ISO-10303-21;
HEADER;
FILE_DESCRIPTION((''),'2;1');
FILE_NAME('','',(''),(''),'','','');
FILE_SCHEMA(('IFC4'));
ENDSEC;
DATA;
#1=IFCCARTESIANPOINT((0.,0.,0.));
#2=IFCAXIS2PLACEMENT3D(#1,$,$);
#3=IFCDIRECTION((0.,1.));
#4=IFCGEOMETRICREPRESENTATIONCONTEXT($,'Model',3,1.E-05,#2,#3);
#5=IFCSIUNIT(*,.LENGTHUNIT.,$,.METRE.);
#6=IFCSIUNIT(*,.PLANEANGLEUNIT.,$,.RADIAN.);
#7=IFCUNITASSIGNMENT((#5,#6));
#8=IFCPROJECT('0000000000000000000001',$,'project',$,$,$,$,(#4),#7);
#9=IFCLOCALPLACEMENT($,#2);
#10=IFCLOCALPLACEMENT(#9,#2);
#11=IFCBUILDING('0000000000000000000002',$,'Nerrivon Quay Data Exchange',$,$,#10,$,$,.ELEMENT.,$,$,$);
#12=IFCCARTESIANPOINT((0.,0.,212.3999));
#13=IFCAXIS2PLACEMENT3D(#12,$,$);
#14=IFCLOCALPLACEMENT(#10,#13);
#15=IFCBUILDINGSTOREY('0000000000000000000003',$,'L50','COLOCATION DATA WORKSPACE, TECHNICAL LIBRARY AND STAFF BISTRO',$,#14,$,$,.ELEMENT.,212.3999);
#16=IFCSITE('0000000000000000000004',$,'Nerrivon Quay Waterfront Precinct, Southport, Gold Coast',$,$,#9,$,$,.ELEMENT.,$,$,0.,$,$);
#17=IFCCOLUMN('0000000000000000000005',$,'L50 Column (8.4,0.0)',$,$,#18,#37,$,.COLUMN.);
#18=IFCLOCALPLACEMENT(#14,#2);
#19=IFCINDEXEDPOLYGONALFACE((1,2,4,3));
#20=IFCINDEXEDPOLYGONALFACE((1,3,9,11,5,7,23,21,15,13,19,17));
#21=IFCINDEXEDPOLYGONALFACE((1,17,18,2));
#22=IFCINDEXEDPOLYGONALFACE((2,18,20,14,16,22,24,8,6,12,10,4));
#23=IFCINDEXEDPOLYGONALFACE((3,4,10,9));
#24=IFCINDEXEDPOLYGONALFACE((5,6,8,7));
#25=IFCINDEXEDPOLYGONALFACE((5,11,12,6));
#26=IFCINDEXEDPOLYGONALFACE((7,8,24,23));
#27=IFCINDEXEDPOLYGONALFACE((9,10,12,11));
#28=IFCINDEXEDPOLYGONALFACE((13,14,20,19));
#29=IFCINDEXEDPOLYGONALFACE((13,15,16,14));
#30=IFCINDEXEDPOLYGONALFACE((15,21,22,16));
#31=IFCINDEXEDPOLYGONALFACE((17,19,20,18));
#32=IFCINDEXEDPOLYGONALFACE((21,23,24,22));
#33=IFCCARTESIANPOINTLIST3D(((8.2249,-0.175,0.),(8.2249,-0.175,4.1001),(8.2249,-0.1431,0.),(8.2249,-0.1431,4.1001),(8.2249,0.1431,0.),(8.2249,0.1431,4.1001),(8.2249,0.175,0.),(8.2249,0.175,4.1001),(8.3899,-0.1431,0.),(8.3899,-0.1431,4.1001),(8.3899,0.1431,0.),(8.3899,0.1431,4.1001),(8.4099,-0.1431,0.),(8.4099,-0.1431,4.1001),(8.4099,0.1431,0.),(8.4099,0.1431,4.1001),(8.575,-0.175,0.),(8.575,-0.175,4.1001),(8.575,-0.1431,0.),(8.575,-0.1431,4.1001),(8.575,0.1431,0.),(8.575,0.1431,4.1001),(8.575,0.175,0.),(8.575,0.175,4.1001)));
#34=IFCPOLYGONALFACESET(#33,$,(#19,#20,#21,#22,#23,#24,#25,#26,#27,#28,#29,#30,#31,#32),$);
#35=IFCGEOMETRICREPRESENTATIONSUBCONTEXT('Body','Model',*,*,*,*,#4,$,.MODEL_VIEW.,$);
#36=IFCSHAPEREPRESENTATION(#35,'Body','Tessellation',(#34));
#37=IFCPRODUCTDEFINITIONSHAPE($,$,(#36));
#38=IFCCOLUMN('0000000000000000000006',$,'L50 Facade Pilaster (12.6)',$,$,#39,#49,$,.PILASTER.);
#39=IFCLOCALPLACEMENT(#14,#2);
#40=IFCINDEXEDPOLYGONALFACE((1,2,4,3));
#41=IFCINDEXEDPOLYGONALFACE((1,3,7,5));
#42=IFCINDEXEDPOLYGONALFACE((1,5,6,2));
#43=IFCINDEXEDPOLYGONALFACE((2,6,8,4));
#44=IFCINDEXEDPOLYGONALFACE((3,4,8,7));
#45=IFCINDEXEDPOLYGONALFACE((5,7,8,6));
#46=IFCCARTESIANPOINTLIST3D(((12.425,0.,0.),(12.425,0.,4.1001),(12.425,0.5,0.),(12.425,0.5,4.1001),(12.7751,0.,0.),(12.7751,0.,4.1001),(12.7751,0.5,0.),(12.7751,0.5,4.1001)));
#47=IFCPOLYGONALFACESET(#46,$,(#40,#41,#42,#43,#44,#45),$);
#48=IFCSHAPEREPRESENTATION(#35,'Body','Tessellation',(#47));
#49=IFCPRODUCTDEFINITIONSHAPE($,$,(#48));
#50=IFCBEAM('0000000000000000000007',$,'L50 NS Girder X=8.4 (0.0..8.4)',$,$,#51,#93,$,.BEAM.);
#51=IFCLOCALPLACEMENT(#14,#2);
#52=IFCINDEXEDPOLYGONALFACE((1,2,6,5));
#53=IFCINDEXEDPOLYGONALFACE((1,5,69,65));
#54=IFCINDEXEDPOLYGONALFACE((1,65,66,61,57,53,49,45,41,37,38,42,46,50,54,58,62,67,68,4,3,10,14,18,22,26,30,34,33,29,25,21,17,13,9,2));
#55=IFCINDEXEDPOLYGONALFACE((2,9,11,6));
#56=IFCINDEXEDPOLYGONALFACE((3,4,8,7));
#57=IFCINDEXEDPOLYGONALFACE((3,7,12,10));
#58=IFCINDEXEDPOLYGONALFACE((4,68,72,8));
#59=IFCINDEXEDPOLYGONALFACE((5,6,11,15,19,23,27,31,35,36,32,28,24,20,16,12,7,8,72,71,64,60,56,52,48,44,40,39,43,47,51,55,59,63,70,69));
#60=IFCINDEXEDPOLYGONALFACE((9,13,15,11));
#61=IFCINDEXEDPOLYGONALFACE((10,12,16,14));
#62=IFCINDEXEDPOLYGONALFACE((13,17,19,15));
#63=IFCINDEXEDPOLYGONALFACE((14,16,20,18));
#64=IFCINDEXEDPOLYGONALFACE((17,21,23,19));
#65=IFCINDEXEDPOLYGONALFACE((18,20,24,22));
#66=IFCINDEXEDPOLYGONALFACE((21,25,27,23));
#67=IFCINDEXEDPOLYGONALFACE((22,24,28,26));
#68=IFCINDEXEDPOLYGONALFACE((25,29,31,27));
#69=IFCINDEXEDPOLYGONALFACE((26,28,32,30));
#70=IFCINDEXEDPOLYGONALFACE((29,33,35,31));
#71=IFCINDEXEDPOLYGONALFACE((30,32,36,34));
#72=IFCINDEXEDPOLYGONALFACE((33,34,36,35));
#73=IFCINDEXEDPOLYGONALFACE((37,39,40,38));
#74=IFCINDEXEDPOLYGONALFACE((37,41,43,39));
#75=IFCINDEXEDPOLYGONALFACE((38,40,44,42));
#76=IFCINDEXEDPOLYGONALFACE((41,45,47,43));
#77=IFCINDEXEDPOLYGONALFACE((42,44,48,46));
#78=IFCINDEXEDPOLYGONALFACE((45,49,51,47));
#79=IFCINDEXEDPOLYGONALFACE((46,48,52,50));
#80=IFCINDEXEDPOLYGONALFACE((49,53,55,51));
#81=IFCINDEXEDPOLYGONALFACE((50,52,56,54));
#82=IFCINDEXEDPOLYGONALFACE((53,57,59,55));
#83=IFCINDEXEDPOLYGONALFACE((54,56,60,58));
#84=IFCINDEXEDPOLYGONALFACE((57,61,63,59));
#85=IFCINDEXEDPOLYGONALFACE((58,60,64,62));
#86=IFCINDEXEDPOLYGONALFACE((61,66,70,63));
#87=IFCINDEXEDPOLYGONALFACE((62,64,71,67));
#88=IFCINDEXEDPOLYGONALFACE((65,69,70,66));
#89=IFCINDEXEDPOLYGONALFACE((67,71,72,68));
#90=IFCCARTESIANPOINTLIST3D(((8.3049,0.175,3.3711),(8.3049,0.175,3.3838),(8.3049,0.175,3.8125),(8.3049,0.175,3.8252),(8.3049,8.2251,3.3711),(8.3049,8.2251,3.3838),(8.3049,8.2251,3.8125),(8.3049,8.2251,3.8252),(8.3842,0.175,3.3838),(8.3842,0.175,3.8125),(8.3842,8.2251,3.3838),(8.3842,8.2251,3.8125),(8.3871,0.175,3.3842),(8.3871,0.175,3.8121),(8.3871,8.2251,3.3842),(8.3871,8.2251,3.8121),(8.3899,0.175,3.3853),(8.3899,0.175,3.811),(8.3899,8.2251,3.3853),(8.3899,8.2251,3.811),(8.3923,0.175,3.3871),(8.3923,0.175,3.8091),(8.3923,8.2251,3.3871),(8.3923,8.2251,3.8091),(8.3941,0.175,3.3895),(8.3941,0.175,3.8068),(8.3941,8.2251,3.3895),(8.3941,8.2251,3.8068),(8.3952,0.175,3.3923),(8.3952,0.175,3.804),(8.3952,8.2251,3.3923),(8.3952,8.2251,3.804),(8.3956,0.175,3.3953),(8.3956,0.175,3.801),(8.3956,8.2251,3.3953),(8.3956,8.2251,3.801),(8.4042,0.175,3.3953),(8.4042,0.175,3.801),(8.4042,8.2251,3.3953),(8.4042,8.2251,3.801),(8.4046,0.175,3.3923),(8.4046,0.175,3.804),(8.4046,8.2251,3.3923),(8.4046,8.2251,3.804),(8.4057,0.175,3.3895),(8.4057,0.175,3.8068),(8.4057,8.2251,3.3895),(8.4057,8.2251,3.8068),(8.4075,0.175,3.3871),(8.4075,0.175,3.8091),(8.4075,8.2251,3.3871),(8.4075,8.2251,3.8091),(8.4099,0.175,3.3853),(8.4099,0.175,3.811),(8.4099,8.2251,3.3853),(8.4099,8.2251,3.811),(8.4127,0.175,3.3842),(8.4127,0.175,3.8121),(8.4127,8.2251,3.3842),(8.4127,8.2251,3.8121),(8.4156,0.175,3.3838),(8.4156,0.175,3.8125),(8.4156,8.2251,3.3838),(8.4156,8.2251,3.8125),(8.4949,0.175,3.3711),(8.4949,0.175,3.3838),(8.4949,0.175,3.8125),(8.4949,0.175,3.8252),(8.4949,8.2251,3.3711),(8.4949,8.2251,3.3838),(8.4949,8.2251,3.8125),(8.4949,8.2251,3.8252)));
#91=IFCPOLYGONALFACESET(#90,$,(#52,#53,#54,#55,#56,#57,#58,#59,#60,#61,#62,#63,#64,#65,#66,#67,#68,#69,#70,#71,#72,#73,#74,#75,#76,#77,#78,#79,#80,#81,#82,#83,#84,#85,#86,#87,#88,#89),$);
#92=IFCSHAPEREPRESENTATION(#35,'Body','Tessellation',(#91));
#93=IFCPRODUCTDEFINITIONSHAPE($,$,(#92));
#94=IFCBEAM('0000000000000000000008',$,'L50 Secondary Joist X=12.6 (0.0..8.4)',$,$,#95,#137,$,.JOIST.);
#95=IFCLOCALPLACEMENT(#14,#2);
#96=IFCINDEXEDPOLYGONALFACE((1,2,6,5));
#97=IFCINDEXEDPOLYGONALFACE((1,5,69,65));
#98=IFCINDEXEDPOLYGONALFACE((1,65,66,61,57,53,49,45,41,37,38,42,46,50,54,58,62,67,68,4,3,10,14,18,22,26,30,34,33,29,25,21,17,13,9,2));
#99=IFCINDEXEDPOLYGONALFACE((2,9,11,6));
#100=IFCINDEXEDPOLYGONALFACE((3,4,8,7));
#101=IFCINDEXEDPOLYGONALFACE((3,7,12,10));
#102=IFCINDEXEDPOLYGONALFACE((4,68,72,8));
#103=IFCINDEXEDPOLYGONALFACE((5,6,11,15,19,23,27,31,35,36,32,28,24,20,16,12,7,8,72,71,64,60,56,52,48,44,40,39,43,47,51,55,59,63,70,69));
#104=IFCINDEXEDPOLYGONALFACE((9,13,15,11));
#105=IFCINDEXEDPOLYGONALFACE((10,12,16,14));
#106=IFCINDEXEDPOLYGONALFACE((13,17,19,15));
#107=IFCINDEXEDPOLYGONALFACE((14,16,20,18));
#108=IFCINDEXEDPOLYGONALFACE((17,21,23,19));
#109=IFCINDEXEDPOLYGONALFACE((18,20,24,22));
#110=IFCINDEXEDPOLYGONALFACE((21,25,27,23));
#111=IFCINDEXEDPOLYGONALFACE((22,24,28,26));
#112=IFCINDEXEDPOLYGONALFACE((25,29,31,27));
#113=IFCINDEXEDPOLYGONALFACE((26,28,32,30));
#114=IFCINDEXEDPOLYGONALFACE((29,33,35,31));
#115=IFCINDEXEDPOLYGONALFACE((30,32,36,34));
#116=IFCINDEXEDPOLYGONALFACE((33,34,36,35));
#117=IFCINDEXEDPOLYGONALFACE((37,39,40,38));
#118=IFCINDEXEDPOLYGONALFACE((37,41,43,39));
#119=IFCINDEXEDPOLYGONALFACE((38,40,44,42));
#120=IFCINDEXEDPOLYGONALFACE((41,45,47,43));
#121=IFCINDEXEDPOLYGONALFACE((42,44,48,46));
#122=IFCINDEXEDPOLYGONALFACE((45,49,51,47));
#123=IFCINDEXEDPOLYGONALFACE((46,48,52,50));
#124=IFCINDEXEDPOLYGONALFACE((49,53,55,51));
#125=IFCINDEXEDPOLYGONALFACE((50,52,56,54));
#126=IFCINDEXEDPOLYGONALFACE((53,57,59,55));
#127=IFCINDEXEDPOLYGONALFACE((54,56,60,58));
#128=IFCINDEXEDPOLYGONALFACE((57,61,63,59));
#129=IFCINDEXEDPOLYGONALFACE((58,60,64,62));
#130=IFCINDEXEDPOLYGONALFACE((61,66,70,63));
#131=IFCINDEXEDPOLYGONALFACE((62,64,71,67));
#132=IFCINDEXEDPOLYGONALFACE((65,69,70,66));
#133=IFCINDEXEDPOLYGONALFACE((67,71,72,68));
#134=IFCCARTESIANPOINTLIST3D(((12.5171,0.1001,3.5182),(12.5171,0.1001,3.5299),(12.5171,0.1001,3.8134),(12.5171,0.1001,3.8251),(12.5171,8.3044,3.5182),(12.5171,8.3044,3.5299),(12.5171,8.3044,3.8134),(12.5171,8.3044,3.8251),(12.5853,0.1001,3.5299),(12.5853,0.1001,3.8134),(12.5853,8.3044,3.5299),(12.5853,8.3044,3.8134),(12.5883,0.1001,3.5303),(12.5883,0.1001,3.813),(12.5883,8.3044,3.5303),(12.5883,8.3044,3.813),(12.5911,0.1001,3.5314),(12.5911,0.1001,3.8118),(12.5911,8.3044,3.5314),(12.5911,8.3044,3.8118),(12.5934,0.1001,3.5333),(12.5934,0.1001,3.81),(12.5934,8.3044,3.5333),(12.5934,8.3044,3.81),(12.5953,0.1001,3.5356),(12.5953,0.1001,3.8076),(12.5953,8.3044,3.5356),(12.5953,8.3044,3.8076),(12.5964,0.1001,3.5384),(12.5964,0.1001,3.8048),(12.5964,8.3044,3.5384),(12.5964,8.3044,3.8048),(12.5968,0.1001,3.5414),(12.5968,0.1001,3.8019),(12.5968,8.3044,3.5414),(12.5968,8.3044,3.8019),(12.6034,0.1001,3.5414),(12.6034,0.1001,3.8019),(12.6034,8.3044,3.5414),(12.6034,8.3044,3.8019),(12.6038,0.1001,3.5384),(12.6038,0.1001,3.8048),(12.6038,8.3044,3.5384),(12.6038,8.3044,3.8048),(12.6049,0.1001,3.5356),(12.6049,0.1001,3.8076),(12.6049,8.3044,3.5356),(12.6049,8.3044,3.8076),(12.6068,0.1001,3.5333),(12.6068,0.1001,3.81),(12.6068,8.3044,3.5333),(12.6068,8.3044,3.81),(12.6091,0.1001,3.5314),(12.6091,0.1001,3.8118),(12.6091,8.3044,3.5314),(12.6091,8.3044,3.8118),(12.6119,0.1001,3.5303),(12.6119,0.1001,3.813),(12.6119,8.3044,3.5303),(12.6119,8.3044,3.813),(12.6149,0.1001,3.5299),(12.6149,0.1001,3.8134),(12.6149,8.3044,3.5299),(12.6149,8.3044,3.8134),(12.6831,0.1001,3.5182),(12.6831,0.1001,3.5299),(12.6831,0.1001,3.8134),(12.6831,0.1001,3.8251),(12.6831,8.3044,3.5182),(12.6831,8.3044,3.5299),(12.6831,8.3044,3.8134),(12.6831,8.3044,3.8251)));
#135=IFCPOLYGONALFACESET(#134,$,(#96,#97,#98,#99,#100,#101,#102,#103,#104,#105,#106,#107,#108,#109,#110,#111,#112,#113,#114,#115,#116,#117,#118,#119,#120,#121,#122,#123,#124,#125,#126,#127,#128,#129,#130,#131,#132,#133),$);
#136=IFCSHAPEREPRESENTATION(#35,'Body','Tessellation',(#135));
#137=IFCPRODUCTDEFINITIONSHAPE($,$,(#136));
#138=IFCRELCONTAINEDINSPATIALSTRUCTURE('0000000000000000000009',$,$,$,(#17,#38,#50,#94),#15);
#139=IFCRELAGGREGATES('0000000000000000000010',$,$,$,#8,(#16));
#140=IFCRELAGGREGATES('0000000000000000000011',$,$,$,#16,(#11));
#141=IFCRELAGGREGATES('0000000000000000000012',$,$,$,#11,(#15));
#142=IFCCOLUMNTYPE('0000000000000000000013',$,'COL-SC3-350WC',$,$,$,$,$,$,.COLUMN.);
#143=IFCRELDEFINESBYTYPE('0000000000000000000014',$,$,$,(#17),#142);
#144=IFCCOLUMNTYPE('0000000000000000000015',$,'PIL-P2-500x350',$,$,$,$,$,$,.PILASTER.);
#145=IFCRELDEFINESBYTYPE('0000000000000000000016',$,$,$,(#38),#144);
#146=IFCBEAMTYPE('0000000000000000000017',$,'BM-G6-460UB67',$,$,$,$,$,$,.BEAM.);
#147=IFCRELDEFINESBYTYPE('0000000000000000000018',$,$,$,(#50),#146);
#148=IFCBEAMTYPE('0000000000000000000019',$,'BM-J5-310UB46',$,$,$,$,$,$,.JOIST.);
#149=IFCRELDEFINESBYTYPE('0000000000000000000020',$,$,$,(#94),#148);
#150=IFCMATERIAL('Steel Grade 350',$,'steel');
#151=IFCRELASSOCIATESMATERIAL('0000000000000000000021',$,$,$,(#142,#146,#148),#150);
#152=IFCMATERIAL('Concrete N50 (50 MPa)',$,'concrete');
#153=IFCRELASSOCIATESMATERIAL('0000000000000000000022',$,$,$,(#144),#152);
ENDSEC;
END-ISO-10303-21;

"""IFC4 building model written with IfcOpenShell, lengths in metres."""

from ifc_helpers import new_model, si_unit, direction, frame, origin, origin_2d, place, context, subcontext, project, spatial, rectangle, i_section, extrude, material, material_profile, profile_set, type_object, element, save


model = new_model("IFC4")

# Units and contexts
model_context = context("Model", 3, precision=1e-05, world=origin(), true_north=direction((0.0, 1.0)))
body_context = subcontext(model_context, "Body", "Model", "MODEL_VIEW")
ifc_project = project(units=[si_unit("LENGTHUNIT", "METRE"), si_unit("PLANEANGLEUNIT", "RADIAN")], contexts=[model_context])

# Site, building, storey
site_placement = place(None, origin())
site = spatial("IfcSite", under=ifc_project, at=site_placement, Name="Nerrivon Quay Waterfront Precinct, Southport, Gold Coast", CompositionType="ELEMENT", RefElevation=0.0)
building_placement = place(site_placement, origin())
building = spatial("IfcBuilding", under=site, at=building_placement, Name="Nerrivon Quay Data Exchange", CompositionType="ELEMENT")
storey_placement = place(building_placement, frame((0.0, 0.0, 212.3999)))
storey = spatial("IfcBuildingStorey", under=building, at=storey_placement, Name="L50", Description="COLOCATION DATA WORKSPACE, TECHNICAL LIBRARY AND STAFF BISTRO", CompositionType="ELEMENT", Elevation=212.3999)

# Columns
ifc_material_1 = material(Name="Steel Grade 350", Category="steel")
ifc_material_profile_1 = material_profile(ifc_material_1, i_section(OverallWidth=0.3501, OverallDepth=0.3501, WebThickness=0.02, FlangeThickness=0.032, at=origin_2d()), Name="350WC230")
ifc_profile_set_1 = profile_set([ifc_material_profile_1], Name="Steel Grade 350")
column_type_1 = type_object("IfcColumnType", Name="COL-SC3-350WC", PredefinedType="COLUMN", material=ifc_profile_set_1)
column_1_placement = place(storey_placement, frame((8.3999, 0.0, 0.0), z_axis=(0.0, 0.0, 1.0), x_axis=(1.0, 0.0, 0.0)))
element("IfcColumn", 1, at=column_1_placement, inside=storey, type_object=column_type_1, Name="L50 Column (8.4,0.0)", PredefinedType="COLUMN", context=body_context, shape_type="SweptSolid", body=[
    extrude(i_section(OverallWidth=0.3501, OverallDepth=0.3501, WebThickness=0.02, FlangeThickness=0.032, at=origin_2d()), origin(), (0.0, 0.0, 1.0), 4.1001),
])
ifc_material_2 = material(Name="Concrete N50 (50 MPa)", Category="concrete")
ifc_material_profile_2 = material_profile(ifc_material_2, rectangle(XDim=0.3501, YDim=0.5, at=origin_2d()), Name="RC-PIL-500x350")
ifc_profile_set_2 = profile_set([ifc_material_profile_2], Name="Concrete N50 (50 MPa)")
column_type_2 = type_object("IfcColumnType", Name="PIL-P2-500x350", PredefinedType="PILASTER", material=ifc_profile_set_2)
column_2_placement = place(storey_placement, frame((12.6001, 0.25, 0.0), z_axis=(0.0, 0.0, 1.0), x_axis=(1.0, 0.0, 0.0)))
element("IfcColumn", 2, at=column_2_placement, inside=storey, type_object=column_type_2, Name="L50 Facade Pilaster (12.6)", PredefinedType="PILASTER", context=body_context, shape_type="SweptSolid", body=[
    extrude(rectangle(XDim=0.3501, YDim=0.5, at=origin_2d()), origin(), (0.0, 0.0, 1.0), 4.1001),
])

# Beams
ifc_material_profile_3 = material_profile(ifc_material_1, i_section(OverallWidth=0.1899, OverallDepth=0.4541, WebThickness=0.0085, FlangeThickness=0.0127, FilletRadius=0.0115, at=origin_2d()), Name="460UB67.1")
ifc_profile_set_3 = profile_set([ifc_material_profile_3], Name="Steel Grade 350")
beam_type_1 = type_object("IfcBeamType", Name="BM-G6-460UB67", PredefinedType="BEAM", material=ifc_profile_set_3)
beam_1_placement = place(storey_placement, frame((8.3999, 0.175, 3.5981), z_axis=(0.0, 1.0, 0.0), x_axis=(-1.0, 0.0, 0.0)))
element("IfcBeam", 3, at=beam_1_placement, inside=storey, type_object=beam_type_1, Name="L50 NS Girder X=8.4 (0.0..8.4)", PredefinedType="BEAM", context=body_context, shape_type="SweptSolid", body=[
    extrude(i_section(OverallWidth=0.1899, OverallDepth=0.4541, WebThickness=0.0085, FlangeThickness=0.0127, FilletRadius=0.0115, at=origin_2d()), origin(), (0.0, 0.0, 1.0), 8.05),
])
ifc_material_profile_4 = material_profile(ifc_material_1, i_section(OverallWidth=0.166, OverallDepth=0.3069, WebThickness=0.0066, FlangeThickness=0.0117, FilletRadius=0.0115, at=origin_2d()), Name="310UB46.2")
ifc_profile_set_4 = profile_set([ifc_material_profile_4], Name="Steel Grade 350")
beam_type_2 = type_object("IfcBeamType", Name="BM-J5-310UB46", PredefinedType="JOIST", material=ifc_profile_set_4)
beam_2_placement = place(storey_placement, frame((12.6001, 0.1001, 3.6716), z_axis=(0.0, 1.0, 0.0), x_axis=(-1.0, 0.0, 0.0)))
element("IfcBeam", 4, at=beam_2_placement, inside=storey, type_object=beam_type_2, Name="L50 Secondary Joist X=12.6 (0.0..8.4)", PredefinedType="JOIST", context=body_context, shape_type="SweptSolid", body=[
    extrude(i_section(OverallWidth=0.166, OverallDepth=0.3069, WebThickness=0.0066, FlangeThickness=0.0117, FilletRadius=0.0115, at=origin_2d()), origin(), (0.0, 0.0, 1.0), 8.2043),
])

save(model, "model.ifc")
